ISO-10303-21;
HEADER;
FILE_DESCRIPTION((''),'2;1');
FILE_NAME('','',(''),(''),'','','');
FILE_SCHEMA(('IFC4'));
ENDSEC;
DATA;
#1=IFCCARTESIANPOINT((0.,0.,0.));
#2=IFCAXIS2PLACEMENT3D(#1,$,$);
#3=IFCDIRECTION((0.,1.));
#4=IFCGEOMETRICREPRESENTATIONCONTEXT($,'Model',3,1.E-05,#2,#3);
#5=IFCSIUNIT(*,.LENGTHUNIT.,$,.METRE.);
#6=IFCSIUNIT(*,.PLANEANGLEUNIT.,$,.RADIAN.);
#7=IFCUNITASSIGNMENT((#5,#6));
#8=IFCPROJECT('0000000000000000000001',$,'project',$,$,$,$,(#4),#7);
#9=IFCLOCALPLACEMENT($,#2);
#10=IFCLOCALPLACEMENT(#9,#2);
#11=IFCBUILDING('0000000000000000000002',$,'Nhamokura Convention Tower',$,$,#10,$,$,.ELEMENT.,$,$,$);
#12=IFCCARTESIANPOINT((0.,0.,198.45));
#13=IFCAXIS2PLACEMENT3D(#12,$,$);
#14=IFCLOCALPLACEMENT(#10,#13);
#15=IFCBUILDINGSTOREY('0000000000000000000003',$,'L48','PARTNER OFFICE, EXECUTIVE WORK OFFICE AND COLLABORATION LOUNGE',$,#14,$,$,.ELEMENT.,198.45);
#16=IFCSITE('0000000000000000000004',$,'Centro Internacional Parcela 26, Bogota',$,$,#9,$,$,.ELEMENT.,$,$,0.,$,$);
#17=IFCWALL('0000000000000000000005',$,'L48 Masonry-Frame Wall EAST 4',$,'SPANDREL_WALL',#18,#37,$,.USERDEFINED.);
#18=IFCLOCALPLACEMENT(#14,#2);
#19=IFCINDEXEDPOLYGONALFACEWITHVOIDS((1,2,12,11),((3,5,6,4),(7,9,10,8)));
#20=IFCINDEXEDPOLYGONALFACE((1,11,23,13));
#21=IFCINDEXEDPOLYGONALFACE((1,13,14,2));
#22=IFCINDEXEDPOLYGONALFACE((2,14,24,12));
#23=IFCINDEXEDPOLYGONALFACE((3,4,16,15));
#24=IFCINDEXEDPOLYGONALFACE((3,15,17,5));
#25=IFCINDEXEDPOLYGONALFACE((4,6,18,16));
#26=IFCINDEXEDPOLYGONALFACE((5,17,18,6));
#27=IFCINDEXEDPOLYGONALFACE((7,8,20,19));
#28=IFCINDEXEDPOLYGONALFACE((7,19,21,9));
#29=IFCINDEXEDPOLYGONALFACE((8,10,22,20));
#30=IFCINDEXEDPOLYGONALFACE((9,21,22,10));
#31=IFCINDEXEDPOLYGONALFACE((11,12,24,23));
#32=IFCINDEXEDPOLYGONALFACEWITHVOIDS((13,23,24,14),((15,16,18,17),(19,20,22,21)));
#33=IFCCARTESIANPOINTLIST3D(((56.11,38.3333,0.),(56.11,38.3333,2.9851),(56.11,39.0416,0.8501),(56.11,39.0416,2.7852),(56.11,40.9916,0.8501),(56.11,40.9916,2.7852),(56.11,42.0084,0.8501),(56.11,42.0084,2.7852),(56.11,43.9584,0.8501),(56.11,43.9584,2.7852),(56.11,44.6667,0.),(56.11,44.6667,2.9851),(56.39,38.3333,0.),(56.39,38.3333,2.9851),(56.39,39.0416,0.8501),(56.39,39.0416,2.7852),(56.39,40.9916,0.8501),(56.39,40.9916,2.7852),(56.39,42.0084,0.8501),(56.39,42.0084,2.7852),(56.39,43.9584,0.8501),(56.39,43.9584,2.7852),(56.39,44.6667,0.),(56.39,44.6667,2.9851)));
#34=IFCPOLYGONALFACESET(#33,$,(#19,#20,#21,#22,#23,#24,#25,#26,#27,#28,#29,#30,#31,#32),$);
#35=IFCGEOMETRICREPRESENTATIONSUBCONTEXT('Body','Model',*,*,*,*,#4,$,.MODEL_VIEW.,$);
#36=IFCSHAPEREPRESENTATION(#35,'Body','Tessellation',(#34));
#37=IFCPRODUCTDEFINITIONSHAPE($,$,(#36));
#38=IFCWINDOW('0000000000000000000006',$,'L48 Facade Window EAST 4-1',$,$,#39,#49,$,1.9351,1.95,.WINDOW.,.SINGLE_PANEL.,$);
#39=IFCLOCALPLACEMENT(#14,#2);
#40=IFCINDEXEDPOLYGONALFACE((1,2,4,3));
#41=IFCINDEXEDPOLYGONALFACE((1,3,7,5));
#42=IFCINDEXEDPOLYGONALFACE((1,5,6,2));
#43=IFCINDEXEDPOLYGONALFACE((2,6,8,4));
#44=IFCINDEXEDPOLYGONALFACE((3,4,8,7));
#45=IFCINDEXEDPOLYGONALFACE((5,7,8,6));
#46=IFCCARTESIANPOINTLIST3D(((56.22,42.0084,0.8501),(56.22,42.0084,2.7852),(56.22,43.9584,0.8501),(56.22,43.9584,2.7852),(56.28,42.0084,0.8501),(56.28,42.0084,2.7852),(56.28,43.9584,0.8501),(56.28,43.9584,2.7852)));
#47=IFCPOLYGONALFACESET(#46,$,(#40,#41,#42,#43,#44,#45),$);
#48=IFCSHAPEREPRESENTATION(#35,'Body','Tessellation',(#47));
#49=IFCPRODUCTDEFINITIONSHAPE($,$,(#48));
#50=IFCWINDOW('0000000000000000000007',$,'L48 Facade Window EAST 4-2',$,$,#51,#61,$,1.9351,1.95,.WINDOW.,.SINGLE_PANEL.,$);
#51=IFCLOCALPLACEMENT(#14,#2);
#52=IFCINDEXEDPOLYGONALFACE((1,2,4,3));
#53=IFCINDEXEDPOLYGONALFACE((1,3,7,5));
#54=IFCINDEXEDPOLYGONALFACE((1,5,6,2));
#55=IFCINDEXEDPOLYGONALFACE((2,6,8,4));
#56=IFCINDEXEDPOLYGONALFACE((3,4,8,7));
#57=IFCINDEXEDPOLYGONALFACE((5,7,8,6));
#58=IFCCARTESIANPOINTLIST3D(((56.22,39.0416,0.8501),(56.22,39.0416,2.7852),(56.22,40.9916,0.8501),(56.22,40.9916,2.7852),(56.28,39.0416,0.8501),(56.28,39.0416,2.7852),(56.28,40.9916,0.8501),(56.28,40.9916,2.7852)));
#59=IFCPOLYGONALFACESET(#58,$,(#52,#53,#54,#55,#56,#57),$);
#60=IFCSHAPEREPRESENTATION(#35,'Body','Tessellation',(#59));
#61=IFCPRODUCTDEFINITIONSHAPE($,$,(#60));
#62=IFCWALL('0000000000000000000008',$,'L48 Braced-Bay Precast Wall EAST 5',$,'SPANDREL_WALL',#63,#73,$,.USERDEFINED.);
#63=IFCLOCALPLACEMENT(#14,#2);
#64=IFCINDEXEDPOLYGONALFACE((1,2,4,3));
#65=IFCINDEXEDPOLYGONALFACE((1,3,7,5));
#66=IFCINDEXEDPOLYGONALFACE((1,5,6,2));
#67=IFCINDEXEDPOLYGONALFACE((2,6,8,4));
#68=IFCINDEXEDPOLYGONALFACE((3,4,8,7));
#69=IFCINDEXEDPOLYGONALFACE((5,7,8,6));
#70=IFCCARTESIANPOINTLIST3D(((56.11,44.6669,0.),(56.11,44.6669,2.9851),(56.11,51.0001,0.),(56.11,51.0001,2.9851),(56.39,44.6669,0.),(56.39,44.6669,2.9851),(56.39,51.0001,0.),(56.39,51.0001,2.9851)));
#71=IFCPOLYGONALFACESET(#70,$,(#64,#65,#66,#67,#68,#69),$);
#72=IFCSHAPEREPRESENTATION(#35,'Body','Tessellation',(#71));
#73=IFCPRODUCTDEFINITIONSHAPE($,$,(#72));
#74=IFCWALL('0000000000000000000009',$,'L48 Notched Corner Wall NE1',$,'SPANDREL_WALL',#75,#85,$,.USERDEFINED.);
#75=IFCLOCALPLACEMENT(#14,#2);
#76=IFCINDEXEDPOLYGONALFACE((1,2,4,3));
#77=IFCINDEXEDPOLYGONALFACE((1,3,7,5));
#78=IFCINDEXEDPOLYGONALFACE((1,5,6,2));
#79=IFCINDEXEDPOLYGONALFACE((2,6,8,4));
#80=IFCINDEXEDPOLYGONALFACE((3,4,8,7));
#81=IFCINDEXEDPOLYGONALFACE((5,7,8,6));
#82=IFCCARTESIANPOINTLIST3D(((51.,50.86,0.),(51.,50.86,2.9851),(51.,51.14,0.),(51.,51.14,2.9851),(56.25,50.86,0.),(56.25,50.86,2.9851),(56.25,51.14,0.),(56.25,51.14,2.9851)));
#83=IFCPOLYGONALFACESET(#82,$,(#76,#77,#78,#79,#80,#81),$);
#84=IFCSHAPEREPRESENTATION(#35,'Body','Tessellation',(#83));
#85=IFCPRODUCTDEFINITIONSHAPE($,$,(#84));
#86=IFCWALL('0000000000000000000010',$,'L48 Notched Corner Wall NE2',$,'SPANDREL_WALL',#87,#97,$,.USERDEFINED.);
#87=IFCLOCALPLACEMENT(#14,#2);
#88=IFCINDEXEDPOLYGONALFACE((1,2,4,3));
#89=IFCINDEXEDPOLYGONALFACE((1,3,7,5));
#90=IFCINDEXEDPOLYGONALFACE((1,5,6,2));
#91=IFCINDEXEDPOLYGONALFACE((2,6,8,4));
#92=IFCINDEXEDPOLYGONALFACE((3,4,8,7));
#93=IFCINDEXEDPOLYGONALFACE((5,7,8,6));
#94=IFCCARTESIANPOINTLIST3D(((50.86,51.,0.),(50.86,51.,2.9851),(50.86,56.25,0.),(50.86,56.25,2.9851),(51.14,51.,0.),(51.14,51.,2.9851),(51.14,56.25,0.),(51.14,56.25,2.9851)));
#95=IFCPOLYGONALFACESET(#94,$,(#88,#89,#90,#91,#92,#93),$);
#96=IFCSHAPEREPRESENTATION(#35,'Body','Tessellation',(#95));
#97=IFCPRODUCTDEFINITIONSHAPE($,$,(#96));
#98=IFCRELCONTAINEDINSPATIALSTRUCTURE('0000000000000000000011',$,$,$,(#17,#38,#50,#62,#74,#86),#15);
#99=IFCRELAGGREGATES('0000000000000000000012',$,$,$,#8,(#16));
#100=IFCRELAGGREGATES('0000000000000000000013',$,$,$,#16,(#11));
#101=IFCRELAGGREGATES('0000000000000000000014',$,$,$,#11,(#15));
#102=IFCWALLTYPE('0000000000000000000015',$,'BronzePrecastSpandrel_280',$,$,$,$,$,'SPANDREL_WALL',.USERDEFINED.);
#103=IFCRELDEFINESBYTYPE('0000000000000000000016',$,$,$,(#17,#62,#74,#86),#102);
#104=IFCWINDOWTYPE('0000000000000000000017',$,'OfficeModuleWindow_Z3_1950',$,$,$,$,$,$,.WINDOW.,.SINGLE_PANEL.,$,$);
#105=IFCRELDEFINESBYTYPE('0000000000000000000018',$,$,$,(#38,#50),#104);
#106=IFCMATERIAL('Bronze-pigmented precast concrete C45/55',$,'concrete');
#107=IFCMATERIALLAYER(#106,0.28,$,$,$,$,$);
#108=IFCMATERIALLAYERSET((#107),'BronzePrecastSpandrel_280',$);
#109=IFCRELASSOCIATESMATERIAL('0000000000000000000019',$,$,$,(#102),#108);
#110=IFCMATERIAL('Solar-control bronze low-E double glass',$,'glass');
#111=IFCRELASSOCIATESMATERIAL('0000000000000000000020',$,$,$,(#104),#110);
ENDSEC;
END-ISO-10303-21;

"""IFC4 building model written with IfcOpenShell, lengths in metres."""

from ifc_helpers import new_model, si_unit, direction, frame, frame_2d, origin, place, context, subcontext, project, spatial, rectangle, extrude, material, layer, layer_set, type_object, element, fill, save


model = new_model("IFC4")

# Units and contexts
model_context = context("Model", 3, precision=1e-05, world=origin(), true_north=direction((0.0, 1.0)))
body_context = subcontext(model_context, "Body", "Model", "MODEL_VIEW")
ifc_project = project(units=[si_unit("LENGTHUNIT", "METRE"), si_unit("PLANEANGLEUNIT", "RADIAN")], contexts=[model_context])

# Site, building, storey
site_placement = place(None, origin())
site = spatial("IfcSite", under=ifc_project, at=site_placement, Name="Centro Internacional Parcela 26, Bogota", CompositionType="ELEMENT", RefElevation=0.0)
building_placement = place(site_placement, origin())
building = spatial("IfcBuilding", under=site, at=building_placement, Name="Nhamokura Convention Tower", CompositionType="ELEMENT")
storey_placement = place(building_placement, frame((0.0, 0.0, 198.45)))
storey = spatial("IfcBuildingStorey", under=building, at=storey_placement, Name="L48", Description="PARTNER OFFICE, EXECUTIVE WORK OFFICE AND COLLABORATION LOUNGE", CompositionType="ELEMENT", Elevation=198.45)

# Shared definitions
ifc_material_1 = material(Name="Bronze-pigmented precast concrete C45/55", Category="concrete")
ifc_layer = layer(ifc_material_1, 0.28)
ifc_layer_set = layer_set([ifc_layer], Name="BronzePrecastSpandrel_280")
wall_type = type_object("IfcWallType", Name="BronzePrecastSpandrel_280", ElementType="SPANDREL_WALL", PredefinedType="USERDEFINED", material=ifc_layer_set)

# Wall, openings, windows
wall_1_placement = place(storey_placement, frame((56.25, 44.6667, 0.0), z_axis=(0.0, 0.0, 1.0), x_axis=(0.0, -1.0, 0.0)))
wall_1 = element("IfcWall", 1, at=wall_1_placement, inside=storey, type_object=wall_type, Name="L48 Masonry-Frame Wall EAST 4", ObjectType="SPANDREL_WALL", PredefinedType="USERDEFINED", context=body_context, shape_type="SweptSolid", body=[
    extrude(rectangle(XDim=6.3335, YDim=0.28, at=frame_2d((3.1667, 0.0))), origin(), (0.0, 0.0, 1.0), 2.9851),
])
opening_1_placement = place(wall_1_placement, frame((0.7083, 0.0, 0.8501)))
opening_1 = element("IfcOpeningElement", 2, at=opening_1_placement, cuts=wall_1, PredefinedType="OPENING", context=body_context, shape_type="SweptSolid", body=[
    extrude(rectangle(XDim=1.95, YDim=1.9351, at=frame_2d((0.9751, 0.9675))), frame((0.0, 0.1499, 0.0), z_axis=(0.0, -1.0, 0.0), x_axis=(1.0, 0.0, 0.0)), (0.0, 0.0, 1.0), 0.3),
])
opening_2_placement = place(wall_1_placement, frame((3.675, 0.0, 0.8501)))
opening_2 = element("IfcOpeningElement", 3, at=opening_2_placement, cuts=wall_1, PredefinedType="OPENING", context=body_context, shape_type="SweptSolid", body=[
    extrude(rectangle(XDim=1.95, YDim=1.9351, at=frame_2d((0.9751, 0.9675))), frame((0.0, 0.1499, 0.0), z_axis=(0.0, -1.0, 0.0), x_axis=(1.0, 0.0, 0.0)), (0.0, 0.0, 1.0), 0.3),
])
ifc_material_2 = material(Name="Solar-control bronze low-E double glass", Category="glass")
window_type = type_object("IfcWindowType", Name="OfficeModuleWindow_Z3_1950", PartitioningType="SINGLE_PANEL", PredefinedType="WINDOW", material=ifc_material_2)
window_1_placement = place(opening_1_placement, origin())
window_1 = element("IfcWindow", 4, at=window_1_placement, inside=storey, type_object=window_type, Name="L48 Facade Window EAST 4-1", OverallHeight=1.9351, OverallWidth=1.95, PartitioningType="SINGLE_PANEL", PredefinedType="WINDOW", context=body_context, shape_type="SweptSolid", body=[
    extrude(rectangle(XDim=1.95, YDim=1.9351, at=frame_2d((0.9751, 0.9675))), frame((0.0, 0.03, 0.0), z_axis=(0.0, -1.0, 0.0), x_axis=(1.0, 0.0, 0.0)), (0.0, 0.0, 1.0), 0.0601),
])
fill(opening_1, window_1)
window_2_placement = place(opening_2_placement, origin())
window_2 = element("IfcWindow", 5, at=window_2_placement, inside=storey, type_object=window_type, Name="L48 Facade Window EAST 4-2", OverallHeight=1.9351, OverallWidth=1.95, PartitioningType="SINGLE_PANEL", PredefinedType="WINDOW", context=body_context, shape_type="SweptSolid", body=[
    extrude(rectangle(XDim=1.95, YDim=1.9351, at=frame_2d((0.9751, 0.9675))), frame((0.0, 0.03, 0.0), z_axis=(0.0, -1.0, 0.0), x_axis=(1.0, 0.0, 0.0)), (0.0, 0.0, 1.0), 0.0601),
])
fill(opening_2, window_2)

# Walls
wall_2_placement = place(storey_placement, frame((56.25, 51.0, 0.0), z_axis=(0.0, 0.0, 1.0), x_axis=(0.0, -1.0, 0.0)))
element("IfcWall", 6, at=wall_2_placement, inside=storey, type_object=wall_type, Name="L48 Braced-Bay Precast Wall EAST 5", ObjectType="SPANDREL_WALL", PredefinedType="USERDEFINED", context=body_context, shape_type="SweptSolid", body=[
    extrude(rectangle(XDim=6.3333, YDim=0.28, at=frame_2d((3.1665, 0.0))), origin(), (0.0, 0.0, 1.0), 2.9851),
])
for number, where, z_axis, x_axis, name in (
    (7, (51.0, 51.0, 0.0), (0.0, 0.0, 1.0), (1.0, 0.0, 0.0), "L48 Notched Corner Wall NE1"),
    (8, (51.0, 56.25, 0.0), (0.0, 0.0, 1.0), (0.0, -1.0, 0.0), "L48 Notched Corner Wall NE2"),
):
    element("IfcWall", number, at=place(storey_placement, frame(where, z_axis=z_axis, x_axis=x_axis)), inside=storey, type_object=wall_type, Name=name, ObjectType="SPANDREL_WALL", PredefinedType="USERDEFINED", context=body_context, shape_type="SweptSolid", body=[
        extrude(rectangle(XDim=5.25, YDim=0.28, at=frame_2d((2.625, 0.0))), origin(), (0.0, 0.0, 1.0), 2.9851),
    ])

save(model, "model.ifc")
